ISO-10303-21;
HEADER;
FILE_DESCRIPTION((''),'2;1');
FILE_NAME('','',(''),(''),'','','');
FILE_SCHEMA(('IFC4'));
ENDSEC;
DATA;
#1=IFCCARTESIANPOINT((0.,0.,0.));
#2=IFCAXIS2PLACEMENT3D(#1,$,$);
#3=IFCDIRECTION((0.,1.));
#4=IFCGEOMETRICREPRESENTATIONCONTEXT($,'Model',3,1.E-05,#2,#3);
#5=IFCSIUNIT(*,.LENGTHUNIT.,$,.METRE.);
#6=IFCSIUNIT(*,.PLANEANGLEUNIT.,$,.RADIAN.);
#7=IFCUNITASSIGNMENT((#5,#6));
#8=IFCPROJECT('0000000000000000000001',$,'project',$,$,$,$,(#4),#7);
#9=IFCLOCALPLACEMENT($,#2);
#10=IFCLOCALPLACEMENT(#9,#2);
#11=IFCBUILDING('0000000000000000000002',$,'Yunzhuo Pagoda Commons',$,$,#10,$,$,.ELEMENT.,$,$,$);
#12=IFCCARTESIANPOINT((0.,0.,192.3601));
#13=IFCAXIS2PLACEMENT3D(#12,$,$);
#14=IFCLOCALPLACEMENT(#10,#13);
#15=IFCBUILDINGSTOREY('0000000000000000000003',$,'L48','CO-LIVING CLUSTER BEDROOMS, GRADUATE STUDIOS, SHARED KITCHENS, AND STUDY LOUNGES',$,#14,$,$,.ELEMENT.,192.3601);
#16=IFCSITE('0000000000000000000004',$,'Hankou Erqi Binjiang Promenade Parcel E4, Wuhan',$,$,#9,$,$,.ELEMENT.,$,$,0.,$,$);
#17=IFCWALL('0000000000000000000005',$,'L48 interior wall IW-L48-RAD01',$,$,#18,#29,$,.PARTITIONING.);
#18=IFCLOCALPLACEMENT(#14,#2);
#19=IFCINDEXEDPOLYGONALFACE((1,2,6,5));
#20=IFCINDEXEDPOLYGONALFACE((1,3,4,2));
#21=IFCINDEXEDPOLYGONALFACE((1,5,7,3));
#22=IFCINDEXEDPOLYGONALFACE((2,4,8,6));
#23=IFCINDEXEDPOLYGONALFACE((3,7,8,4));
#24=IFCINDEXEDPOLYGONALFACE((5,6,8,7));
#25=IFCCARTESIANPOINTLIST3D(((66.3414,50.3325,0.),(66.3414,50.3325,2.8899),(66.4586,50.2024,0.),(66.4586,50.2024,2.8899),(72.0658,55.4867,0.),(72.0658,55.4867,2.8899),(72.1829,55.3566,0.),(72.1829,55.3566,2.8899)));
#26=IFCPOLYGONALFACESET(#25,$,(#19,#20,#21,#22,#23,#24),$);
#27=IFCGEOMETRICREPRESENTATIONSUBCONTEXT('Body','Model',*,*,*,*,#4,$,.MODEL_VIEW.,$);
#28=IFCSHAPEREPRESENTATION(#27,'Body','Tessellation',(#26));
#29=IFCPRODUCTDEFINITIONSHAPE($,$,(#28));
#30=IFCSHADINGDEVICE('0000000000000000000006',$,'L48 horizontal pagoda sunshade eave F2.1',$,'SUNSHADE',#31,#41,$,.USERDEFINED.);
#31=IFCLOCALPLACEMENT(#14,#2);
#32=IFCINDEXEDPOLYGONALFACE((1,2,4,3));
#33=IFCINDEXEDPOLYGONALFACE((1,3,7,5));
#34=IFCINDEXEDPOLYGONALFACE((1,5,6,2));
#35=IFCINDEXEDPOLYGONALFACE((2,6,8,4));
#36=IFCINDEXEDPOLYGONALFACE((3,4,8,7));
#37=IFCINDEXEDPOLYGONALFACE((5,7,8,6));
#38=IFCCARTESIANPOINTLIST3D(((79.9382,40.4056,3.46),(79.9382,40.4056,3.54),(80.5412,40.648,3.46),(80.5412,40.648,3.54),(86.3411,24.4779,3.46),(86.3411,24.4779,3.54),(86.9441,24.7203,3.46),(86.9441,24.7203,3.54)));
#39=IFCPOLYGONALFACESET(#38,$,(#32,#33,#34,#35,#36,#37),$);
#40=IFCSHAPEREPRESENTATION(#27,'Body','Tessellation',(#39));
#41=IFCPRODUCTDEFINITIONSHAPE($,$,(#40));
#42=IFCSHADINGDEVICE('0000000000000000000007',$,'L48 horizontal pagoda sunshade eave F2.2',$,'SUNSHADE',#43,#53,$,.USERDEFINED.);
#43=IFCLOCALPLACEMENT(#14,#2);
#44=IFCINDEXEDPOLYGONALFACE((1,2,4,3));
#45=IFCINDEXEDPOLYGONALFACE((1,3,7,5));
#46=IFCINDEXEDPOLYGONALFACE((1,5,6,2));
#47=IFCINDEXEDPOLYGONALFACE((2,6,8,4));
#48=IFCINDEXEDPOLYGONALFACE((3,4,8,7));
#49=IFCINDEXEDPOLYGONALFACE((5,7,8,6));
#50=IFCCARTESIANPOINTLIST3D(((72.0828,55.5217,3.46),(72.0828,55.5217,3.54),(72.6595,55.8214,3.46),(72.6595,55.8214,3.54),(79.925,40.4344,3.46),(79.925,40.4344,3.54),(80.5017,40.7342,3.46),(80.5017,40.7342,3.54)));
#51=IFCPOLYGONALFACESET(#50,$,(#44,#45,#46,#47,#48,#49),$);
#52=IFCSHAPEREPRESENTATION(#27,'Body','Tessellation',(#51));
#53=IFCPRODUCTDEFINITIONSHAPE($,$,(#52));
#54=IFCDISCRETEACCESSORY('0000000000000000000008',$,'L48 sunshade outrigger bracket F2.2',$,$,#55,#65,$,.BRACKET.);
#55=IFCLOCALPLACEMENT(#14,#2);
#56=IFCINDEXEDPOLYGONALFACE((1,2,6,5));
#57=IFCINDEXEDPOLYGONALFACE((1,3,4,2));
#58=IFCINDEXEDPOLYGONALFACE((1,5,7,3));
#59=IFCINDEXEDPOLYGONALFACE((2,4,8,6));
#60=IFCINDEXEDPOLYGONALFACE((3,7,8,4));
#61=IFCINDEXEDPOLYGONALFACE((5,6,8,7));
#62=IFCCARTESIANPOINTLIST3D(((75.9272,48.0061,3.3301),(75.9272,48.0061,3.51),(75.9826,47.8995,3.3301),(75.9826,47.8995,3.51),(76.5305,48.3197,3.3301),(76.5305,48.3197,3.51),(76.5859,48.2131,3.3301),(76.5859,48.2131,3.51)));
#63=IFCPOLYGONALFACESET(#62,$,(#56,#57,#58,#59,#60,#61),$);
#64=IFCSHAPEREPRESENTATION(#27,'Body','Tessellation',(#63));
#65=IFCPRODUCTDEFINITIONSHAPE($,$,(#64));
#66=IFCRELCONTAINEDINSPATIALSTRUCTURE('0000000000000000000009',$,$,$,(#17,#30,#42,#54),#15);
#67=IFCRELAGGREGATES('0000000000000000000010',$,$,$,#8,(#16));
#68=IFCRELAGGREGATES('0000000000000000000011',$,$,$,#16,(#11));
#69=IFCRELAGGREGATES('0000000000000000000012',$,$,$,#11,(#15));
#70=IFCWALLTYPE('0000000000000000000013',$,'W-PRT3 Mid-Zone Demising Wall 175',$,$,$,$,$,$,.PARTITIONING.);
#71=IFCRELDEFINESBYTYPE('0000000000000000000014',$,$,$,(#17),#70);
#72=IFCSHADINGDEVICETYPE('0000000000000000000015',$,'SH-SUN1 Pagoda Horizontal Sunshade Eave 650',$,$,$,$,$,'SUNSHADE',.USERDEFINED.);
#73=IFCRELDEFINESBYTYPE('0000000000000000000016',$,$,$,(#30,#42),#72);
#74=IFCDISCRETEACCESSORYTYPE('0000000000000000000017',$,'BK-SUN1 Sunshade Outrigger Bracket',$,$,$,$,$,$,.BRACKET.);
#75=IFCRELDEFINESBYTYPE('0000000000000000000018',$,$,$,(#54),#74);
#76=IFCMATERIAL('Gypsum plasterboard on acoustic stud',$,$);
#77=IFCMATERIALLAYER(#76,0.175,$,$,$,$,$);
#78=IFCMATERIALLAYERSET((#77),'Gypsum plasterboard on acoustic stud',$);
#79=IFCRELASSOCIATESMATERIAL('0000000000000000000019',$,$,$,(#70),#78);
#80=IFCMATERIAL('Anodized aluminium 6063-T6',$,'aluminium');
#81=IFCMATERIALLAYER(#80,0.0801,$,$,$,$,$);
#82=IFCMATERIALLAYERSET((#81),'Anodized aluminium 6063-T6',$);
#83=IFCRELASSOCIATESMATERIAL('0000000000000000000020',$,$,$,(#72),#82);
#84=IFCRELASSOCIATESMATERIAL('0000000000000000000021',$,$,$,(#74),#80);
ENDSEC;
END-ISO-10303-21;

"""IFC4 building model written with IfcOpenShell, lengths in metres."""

from ifc_helpers import new_model, si_unit, direction, frame, frame_2d, origin, origin_2d, place, context, subcontext, project, spatial, rectangle, extrude, source, transform, mapped, material, layer, layer_set, type_object, element, save


model = new_model("IFC4")

# Units and contexts
model_context = context("Model", 3, precision=1e-05, world=origin(), true_north=direction((0.0, 1.0)))
body_context = subcontext(model_context, "Body", "Model", "MODEL_VIEW")
ifc_project = project(units=[si_unit("LENGTHUNIT", "METRE"), si_unit("PLANEANGLEUNIT", "RADIAN")], contexts=[model_context])

# Site, building, storey
site_placement = place(None, origin())
site = spatial("IfcSite", under=ifc_project, at=site_placement, Name="Hankou Erqi Binjiang Promenade Parcel E4, Wuhan", CompositionType="ELEMENT", RefElevation=0.0)
building_placement = place(site_placement, origin())
building = spatial("IfcBuilding", under=site, at=building_placement, Name="Yunzhuo Pagoda Commons", CompositionType="ELEMENT")
storey_placement = place(building_placement, frame((0.0, 0.0, 192.3601)))
storey = spatial("IfcBuildingStorey", under=building, at=storey_placement, Name="L48", Description="CO-LIVING CLUSTER BEDROOMS, GRADUATE STUDIOS, SHARED KITCHENS, AND STUDY LOUNGES", CompositionType="ELEMENT", Elevation=192.3601)

# Shared definitions
ifc_material_1 = material(Name="Anodized aluminium 6063-T6", Category="aluminium")

# Shared definitions
ifc_material_2 = material(Name="Gypsum plasterboard on acoustic stud")

# Wall
ifc_layer_1 = layer(ifc_material_2, 0.175)
ifc_layer_set_1 = layer_set([ifc_layer_1], Name="Gypsum plasterboard on acoustic stud")
wall_type_1 = type_object("IfcWallType", Name="W-PRT3 Mid-Zone Demising Wall 175", PredefinedType="PARTITIONING", material=ifc_layer_set_1)
wall_1_placement = place(storey_placement, frame((66.3999, 50.2673, 0.0), z_axis=(0.0, 0.0, 1.0), x_axis=(0.743141, 0.669135, 0.0)))
element("IfcWall", 1, at=wall_1_placement, inside=storey, type_object=wall_type_1, Name="L48 interior wall IW-L48-RAD01", PredefinedType="PARTITIONING", context=body_context, shape_type="SweptSolid", body=[
    extrude(rectangle(XDim=7.7029, YDim=0.175, at=frame_2d((3.8516, 0.0))), origin(), (0.0, 0.0, 1.0), 2.8899),
])

# Shading devices
ifc_layer_2 = layer(ifc_material_1, 0.0801)
ifc_layer_set_2 = layer_set([ifc_layer_2], Name="Anodized aluminium 6063-T6")
shading_device_type = type_object("IfcShadingDeviceType", Name="SH-SUN1 Pagoda Horizontal Sunshade Eave 650", ElementType="SUNSHADE", PredefinedType="USERDEFINED", material=ifc_layer_set_2)
shared_shape_1 = source(origin(), body_context, "Body", "SweptSolid", [
    extrude(rectangle(XDim=17.1665, YDim=0.6499, at=origin_2d()), origin(), (0.0, 0.0, 1.0), 0.0801),
])
shading_device_1_placement = place(storey_placement, frame((83.4412, 32.563, 3.46), z_axis=(0.0, 0.0, 1.0), x_axis=(-0.372988, 0.927836, 0.0)))
element("IfcShadingDevice", 2, at=shading_device_1_placement, inside=storey, type_object=shading_device_type, Name="L48 horizontal pagoda sunshade eave F2.1", ObjectType="SUNSHADE", PredefinedType="USERDEFINED", context=body_context, shape_type="MappedRepresentation", body=[
    mapped(shared_shape_1, transform((0.0, 0.0, 0.0), scale=1.0)),
])
shared_shape_2 = source(origin(), body_context, "Body", "SweptSolid", [
    extrude(rectangle(XDim=17.0037, YDim=0.6499, at=origin_2d()), origin(), (0.0, 0.0, 1.0), 0.0801),
])
shading_device_2_placement = place(storey_placement, frame((76.2922, 48.1279, 3.46), z_axis=(0.0, 0.0, 1.0), x_axis=(-0.461207, 0.887293, 0.0)))
element("IfcShadingDevice", 3, at=shading_device_2_placement, inside=storey, type_object=shading_device_type, Name="L48 horizontal pagoda sunshade eave F2.2", ObjectType="SUNSHADE", PredefinedType="USERDEFINED", context=body_context, shape_type="MappedRepresentation", body=[
    mapped(shared_shape_2, transform((0.0, 0.0, 0.0), scale=1.0)),
])

# Discrete accessory
discrete_accessory_type = type_object("IfcDiscreteAccessoryType", Name="BK-SUN1 Sunshade Outrigger Bracket", PredefinedType="BRACKET", material=ifc_material_1)
shared_shape_3 = source(origin(), body_context, "Body", "SweptSolid", [
    extrude(rectangle(XDim=0.1201, YDim=0.6799, at=origin_2d()), origin(), (0.0, 0.0, 1.0), 0.1799),
])
discrete_accessory_placement = place(storey_placement, frame((76.2566, 48.1096, 3.3301), z_axis=(0.0, 0.0, 1.0), x_axis=(-0.461207, 0.887293, 0.0)))
element("IfcDiscreteAccessory", 4, at=discrete_accessory_placement, inside=storey, type_object=discrete_accessory_type, Name="L48 sunshade outrigger bracket F2.2", PredefinedType="BRACKET", context=body_context, shape_type="MappedRepresentation", body=[
    mapped(shared_shape_3, transform((0.0, 0.0, 0.0), scale=1.0)),
])

save(model, "model.ifc")
